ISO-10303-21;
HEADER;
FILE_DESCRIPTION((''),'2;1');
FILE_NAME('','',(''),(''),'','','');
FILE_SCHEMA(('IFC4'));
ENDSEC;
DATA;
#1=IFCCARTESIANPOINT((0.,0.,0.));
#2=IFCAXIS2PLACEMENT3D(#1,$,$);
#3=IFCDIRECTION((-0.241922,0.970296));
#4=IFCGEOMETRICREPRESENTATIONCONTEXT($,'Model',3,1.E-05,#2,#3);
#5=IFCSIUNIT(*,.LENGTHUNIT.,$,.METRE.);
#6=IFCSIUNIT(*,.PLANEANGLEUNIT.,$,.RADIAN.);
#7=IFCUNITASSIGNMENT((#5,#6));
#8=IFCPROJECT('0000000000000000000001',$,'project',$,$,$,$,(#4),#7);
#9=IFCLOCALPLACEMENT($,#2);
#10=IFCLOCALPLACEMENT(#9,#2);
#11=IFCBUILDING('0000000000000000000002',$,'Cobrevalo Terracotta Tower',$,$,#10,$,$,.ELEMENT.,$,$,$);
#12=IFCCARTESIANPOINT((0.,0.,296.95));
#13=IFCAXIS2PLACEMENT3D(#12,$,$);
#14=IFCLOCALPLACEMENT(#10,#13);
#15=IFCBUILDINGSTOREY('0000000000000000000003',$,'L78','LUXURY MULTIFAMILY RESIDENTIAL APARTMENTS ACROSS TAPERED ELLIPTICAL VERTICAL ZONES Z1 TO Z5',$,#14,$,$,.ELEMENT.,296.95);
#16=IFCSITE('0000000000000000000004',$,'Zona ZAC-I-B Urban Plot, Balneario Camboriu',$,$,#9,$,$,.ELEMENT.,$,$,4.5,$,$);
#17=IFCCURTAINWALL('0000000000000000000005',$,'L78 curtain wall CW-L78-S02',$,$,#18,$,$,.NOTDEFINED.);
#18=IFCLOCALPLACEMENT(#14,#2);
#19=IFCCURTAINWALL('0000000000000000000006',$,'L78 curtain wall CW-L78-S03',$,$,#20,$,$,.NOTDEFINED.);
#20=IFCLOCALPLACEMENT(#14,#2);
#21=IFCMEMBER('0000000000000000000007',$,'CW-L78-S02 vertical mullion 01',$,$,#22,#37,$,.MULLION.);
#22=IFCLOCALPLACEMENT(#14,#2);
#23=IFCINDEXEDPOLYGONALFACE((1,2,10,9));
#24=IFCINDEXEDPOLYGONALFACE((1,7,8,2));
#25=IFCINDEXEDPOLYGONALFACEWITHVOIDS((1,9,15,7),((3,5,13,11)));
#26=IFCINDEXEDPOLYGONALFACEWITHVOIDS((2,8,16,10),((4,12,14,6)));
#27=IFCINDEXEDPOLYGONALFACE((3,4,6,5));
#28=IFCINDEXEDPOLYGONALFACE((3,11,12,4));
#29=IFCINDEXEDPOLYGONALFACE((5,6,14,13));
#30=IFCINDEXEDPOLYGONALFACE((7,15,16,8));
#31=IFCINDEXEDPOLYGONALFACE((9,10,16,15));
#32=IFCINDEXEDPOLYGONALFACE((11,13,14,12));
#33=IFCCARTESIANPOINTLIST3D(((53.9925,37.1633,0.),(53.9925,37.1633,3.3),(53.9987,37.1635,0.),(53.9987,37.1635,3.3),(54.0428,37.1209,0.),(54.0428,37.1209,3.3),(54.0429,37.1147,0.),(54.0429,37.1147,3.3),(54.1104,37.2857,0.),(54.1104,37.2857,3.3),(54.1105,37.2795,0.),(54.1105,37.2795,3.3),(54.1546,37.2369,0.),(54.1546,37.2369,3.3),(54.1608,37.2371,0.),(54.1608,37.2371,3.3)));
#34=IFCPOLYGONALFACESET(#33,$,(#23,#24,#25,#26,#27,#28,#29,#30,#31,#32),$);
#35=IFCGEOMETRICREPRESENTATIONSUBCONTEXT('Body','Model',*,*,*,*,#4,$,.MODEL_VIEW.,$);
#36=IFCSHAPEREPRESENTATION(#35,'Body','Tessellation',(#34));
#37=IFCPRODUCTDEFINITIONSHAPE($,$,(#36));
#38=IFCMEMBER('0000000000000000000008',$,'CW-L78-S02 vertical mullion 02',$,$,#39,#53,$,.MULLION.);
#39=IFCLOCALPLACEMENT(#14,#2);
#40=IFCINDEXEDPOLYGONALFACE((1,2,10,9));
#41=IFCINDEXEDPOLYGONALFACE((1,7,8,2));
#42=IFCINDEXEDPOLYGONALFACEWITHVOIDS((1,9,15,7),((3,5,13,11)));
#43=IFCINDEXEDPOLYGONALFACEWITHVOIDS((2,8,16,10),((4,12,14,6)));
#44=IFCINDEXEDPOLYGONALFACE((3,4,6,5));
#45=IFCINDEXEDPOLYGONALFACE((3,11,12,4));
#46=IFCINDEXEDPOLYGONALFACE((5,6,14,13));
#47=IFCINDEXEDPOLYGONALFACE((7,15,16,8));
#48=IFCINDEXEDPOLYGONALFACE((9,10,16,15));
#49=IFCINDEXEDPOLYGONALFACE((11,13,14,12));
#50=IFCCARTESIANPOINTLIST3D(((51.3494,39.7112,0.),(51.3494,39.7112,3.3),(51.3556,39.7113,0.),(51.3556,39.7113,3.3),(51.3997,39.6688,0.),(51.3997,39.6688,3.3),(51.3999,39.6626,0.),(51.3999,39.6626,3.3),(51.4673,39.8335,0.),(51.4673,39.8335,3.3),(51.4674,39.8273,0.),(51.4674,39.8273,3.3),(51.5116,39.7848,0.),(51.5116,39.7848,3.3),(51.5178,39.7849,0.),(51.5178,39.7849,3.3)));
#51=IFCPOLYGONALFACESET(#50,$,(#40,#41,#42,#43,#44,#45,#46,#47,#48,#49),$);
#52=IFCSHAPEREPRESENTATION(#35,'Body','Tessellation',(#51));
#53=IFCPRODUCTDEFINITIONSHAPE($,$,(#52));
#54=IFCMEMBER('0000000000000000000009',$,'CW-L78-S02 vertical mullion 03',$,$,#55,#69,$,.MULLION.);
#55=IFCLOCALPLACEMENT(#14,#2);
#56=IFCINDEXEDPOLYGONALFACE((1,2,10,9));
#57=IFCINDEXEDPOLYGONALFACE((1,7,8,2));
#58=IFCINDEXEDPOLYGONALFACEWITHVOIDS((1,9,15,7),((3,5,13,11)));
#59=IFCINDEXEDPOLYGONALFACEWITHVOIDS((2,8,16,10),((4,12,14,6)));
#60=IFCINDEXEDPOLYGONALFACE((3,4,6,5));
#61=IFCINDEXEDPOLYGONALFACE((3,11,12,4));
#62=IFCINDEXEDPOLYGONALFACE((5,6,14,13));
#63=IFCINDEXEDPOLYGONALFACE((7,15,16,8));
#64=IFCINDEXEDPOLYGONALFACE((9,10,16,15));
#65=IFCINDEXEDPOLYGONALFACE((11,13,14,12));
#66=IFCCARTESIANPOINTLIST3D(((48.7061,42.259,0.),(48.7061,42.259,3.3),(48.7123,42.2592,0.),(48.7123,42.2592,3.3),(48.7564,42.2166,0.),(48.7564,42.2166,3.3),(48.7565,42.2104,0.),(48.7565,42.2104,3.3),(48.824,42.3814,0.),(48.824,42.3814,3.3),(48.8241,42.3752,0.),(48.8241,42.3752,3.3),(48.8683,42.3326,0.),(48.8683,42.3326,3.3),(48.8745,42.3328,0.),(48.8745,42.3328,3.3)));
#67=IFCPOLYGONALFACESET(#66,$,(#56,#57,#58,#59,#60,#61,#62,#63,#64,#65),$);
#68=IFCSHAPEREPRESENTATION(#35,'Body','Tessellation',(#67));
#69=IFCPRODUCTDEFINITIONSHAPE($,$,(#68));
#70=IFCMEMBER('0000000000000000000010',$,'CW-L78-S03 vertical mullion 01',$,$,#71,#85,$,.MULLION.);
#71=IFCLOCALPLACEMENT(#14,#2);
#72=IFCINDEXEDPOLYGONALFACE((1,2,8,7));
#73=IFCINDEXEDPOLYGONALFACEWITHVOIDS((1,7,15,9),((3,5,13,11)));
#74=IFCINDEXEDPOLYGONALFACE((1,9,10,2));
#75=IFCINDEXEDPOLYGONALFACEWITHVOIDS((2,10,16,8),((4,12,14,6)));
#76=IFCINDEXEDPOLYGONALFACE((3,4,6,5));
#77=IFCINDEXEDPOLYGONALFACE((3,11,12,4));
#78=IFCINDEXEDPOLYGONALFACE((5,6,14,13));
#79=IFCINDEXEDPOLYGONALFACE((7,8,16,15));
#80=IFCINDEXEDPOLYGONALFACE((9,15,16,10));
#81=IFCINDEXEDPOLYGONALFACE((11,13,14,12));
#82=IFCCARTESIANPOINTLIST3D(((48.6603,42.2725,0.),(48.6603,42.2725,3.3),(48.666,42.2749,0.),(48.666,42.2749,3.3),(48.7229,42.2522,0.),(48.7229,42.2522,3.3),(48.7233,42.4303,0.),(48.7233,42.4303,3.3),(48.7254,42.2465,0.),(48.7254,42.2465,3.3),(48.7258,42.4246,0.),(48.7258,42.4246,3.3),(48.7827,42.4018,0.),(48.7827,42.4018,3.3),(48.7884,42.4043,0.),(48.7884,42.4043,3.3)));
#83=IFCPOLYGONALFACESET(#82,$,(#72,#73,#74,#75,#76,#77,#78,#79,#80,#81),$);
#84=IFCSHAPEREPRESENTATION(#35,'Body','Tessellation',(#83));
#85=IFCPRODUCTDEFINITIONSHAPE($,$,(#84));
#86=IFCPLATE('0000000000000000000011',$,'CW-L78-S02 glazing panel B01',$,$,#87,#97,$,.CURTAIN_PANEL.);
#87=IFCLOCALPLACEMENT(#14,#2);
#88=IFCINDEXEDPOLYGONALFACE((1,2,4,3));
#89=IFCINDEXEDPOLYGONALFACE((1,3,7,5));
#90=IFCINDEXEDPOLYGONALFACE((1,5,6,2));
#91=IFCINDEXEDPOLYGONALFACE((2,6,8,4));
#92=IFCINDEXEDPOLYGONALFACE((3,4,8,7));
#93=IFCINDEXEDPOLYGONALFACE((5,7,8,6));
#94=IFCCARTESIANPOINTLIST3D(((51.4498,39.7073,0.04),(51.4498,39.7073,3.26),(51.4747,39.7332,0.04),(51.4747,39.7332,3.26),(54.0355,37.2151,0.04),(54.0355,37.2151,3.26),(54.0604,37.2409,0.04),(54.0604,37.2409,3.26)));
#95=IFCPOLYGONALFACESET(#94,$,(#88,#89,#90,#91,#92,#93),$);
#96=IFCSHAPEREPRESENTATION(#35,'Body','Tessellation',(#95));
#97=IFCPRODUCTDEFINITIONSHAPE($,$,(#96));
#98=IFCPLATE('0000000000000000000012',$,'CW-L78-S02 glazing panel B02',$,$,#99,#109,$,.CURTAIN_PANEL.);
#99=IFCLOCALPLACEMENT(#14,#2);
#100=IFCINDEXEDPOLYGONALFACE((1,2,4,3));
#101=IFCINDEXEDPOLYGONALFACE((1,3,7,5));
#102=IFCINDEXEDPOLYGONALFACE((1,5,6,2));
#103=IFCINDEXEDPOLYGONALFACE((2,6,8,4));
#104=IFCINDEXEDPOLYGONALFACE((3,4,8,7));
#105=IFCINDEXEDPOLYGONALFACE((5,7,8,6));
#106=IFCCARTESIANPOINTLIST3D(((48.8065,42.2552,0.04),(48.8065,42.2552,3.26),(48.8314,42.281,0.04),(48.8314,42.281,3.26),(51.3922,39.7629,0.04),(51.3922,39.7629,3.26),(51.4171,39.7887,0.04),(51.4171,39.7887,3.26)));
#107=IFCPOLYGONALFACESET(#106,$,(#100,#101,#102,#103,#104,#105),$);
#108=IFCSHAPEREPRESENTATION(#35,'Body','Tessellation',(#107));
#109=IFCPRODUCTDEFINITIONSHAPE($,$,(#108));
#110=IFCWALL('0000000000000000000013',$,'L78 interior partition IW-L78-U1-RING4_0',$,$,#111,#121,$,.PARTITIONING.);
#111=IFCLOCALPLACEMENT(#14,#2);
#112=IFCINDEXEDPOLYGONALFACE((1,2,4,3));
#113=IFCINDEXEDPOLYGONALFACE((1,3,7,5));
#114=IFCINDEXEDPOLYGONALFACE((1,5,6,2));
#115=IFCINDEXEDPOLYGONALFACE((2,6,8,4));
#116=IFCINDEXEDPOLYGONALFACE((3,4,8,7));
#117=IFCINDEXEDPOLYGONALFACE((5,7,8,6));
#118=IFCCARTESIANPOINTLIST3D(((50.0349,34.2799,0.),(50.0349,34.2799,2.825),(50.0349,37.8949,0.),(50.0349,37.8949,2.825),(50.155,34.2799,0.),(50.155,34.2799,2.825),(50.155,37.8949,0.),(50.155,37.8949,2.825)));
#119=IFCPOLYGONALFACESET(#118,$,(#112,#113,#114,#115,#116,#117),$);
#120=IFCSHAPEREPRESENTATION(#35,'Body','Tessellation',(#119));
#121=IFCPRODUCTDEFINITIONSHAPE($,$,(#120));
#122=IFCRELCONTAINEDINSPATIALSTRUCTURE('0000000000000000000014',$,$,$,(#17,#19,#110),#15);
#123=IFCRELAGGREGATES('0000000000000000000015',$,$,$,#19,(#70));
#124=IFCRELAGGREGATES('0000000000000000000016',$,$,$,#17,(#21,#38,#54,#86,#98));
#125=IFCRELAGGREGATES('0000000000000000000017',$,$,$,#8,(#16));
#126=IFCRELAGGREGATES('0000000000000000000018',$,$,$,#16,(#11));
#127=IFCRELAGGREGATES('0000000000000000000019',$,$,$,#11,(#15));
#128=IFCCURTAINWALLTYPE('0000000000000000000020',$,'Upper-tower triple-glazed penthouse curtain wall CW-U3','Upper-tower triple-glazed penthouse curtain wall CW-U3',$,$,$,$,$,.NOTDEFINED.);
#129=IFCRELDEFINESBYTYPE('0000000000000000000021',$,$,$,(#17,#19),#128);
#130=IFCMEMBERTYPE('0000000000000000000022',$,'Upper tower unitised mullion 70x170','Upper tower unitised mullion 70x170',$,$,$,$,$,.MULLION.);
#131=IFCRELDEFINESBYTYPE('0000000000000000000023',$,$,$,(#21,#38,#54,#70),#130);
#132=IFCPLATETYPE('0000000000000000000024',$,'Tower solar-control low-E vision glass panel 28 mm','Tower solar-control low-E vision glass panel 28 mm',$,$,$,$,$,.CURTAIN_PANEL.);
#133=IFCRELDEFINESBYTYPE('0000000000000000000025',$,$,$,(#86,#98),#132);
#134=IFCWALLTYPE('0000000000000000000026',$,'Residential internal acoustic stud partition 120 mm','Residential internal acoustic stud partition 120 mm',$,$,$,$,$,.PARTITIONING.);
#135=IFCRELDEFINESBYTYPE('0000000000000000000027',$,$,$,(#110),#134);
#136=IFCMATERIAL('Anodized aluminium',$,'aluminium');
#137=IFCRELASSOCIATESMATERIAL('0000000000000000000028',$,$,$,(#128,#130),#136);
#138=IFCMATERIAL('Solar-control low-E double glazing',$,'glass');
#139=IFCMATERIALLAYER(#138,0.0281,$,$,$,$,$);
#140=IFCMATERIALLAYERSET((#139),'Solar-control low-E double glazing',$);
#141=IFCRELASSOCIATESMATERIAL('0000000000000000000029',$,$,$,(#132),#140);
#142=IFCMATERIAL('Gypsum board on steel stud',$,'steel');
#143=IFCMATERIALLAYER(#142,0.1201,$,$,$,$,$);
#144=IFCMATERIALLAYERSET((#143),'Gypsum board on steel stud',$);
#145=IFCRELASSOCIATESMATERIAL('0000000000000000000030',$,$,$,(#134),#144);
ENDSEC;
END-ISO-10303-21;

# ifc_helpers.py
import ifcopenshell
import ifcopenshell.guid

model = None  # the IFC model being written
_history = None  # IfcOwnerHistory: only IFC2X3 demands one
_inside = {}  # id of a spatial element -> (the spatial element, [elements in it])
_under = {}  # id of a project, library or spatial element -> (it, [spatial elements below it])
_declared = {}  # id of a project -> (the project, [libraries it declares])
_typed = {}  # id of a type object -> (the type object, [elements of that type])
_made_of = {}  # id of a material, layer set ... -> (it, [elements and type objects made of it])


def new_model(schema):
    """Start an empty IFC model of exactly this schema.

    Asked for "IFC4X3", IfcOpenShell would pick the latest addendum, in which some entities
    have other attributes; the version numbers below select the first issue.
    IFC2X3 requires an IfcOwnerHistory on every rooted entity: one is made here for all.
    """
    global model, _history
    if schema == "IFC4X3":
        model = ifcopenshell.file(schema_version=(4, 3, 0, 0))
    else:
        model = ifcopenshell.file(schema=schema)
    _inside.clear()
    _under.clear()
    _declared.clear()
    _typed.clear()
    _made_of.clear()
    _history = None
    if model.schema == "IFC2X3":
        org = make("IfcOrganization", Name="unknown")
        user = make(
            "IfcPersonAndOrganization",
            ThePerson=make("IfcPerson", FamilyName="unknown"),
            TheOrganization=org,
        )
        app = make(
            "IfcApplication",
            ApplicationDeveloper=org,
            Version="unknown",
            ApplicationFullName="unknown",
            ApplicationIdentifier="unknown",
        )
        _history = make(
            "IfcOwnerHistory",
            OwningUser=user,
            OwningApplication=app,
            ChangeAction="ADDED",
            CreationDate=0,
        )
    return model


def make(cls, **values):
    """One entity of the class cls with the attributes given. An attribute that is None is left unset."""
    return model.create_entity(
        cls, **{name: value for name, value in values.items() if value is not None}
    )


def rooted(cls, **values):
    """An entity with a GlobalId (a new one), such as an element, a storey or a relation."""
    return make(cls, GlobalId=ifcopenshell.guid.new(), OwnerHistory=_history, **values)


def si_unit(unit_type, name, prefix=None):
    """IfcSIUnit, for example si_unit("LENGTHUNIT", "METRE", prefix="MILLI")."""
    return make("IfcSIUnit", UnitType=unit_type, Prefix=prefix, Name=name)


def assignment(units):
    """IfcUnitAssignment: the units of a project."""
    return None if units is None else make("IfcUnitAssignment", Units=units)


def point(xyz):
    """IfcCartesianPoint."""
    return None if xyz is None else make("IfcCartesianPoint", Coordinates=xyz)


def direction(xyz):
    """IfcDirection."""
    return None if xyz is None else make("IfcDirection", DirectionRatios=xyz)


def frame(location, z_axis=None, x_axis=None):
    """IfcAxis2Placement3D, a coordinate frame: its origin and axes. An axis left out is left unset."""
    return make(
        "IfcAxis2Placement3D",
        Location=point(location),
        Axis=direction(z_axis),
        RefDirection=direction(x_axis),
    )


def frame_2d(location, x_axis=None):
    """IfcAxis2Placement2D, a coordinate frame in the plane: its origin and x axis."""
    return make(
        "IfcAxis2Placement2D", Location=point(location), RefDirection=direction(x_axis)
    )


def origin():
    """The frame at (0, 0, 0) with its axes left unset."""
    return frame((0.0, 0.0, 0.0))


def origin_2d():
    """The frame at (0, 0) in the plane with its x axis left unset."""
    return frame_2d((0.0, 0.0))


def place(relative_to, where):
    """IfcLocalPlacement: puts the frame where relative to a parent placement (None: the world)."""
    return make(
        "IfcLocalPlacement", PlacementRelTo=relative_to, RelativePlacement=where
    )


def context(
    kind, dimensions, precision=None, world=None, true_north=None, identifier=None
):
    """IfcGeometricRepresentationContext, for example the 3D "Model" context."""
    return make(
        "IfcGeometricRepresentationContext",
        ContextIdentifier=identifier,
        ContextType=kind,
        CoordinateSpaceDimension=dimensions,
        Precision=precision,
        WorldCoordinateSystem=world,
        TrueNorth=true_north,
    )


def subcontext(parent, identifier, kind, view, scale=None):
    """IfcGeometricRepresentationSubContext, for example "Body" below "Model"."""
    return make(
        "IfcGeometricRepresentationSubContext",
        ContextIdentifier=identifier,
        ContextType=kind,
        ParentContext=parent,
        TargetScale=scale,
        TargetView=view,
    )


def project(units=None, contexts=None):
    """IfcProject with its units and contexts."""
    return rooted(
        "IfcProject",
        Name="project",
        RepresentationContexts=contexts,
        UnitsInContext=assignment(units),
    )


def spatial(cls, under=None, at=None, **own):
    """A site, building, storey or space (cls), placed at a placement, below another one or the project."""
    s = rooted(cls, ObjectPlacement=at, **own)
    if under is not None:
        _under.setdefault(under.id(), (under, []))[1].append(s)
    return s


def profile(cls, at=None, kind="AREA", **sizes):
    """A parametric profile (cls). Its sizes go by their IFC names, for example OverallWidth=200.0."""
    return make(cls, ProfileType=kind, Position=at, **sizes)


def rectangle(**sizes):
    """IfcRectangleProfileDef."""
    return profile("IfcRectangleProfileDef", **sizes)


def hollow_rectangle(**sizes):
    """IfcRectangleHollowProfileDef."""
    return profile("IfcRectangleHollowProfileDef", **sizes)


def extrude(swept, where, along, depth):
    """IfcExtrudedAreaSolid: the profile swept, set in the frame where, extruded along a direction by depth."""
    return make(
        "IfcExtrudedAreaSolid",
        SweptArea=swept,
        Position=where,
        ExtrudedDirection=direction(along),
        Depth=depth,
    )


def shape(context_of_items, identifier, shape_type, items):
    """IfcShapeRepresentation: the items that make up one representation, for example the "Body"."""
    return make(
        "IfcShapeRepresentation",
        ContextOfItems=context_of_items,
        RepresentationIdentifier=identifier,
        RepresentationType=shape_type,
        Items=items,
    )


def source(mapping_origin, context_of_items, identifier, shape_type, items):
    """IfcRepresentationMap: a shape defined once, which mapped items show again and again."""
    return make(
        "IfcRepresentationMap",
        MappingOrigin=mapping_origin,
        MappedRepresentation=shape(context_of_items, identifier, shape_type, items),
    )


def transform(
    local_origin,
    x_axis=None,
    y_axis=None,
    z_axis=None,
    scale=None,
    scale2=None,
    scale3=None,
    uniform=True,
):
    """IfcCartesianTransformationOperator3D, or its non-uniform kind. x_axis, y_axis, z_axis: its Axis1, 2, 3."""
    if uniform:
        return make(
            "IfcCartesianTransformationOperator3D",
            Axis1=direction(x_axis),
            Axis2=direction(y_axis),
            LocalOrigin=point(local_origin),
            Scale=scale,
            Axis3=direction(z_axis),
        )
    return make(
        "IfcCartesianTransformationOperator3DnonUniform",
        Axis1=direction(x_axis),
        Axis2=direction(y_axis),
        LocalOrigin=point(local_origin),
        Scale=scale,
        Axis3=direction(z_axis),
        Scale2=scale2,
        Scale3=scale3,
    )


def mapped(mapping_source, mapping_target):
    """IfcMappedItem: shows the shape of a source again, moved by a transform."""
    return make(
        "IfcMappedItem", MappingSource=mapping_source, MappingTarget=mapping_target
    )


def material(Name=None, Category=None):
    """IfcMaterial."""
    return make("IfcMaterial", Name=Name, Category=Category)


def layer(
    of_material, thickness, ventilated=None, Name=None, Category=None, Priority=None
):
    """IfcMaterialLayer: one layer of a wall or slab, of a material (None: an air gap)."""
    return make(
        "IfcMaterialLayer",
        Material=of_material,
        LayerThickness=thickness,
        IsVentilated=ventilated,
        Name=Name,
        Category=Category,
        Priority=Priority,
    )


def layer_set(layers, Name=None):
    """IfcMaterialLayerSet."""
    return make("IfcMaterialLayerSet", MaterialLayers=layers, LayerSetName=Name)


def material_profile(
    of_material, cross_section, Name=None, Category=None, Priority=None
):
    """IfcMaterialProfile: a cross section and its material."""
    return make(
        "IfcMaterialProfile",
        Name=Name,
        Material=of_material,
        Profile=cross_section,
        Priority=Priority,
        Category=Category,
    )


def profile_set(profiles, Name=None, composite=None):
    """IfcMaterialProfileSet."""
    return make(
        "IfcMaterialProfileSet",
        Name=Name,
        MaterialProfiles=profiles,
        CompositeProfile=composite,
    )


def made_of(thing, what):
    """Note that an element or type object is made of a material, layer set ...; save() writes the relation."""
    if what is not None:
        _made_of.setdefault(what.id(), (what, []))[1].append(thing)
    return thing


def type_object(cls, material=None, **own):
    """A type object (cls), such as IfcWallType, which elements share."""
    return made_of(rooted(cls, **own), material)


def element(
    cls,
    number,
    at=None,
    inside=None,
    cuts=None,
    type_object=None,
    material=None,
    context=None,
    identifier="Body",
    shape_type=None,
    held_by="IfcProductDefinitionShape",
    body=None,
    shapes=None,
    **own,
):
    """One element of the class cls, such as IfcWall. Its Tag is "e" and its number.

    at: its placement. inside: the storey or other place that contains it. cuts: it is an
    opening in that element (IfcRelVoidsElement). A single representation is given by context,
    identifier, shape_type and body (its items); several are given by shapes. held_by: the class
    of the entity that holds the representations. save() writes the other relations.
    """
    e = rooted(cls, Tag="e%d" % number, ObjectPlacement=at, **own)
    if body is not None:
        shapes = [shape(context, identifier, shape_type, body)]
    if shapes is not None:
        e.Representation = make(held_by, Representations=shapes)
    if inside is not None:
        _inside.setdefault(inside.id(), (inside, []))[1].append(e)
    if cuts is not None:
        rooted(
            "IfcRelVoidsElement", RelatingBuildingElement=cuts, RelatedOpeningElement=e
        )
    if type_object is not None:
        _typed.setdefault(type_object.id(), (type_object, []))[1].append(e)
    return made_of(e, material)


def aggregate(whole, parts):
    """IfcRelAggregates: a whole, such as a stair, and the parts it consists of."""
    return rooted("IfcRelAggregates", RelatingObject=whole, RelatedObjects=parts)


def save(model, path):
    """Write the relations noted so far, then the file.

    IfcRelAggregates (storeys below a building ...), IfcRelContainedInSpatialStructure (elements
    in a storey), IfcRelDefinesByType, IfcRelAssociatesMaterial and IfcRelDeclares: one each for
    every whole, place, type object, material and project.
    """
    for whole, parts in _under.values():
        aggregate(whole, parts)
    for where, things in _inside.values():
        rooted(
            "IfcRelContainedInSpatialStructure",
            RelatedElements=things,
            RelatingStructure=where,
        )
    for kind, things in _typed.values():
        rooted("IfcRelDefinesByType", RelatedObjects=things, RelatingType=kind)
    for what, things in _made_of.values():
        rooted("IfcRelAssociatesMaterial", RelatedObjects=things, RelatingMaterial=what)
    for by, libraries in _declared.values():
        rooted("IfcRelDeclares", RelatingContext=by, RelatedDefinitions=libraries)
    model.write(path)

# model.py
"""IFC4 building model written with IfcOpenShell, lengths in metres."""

from ifc_helpers import new_model, si_unit, direction, frame, frame_2d, origin, origin_2d, place, context, subcontext, project, spatial, rectangle, hollow_rectangle, extrude, source, transform, mapped, material, layer, layer_set, material_profile, profile_set, type_object, element, aggregate, save


model = new_model("IFC4")

# Units and contexts
model_context = context("Model", 3, precision=1e-05, world=origin(), true_north=direction((-0.241922, 0.970296)))
body_context = subcontext(model_context, "Body", "Model", "MODEL_VIEW")
ifc_project = project(units=[si_unit("LENGTHUNIT", "METRE"), si_unit("PLANEANGLEUNIT", "RADIAN")], contexts=[model_context])

# Site, building, storey
site_placement = place(None, origin())
site = spatial("IfcSite", under=ifc_project, at=site_placement, Name="Zona ZAC-I-B Urban Plot, Balneario Camboriu", CompositionType="ELEMENT", RefElevation=4.5)
building_placement = place(site_placement, origin())
building = spatial("IfcBuilding", under=site, at=building_placement, Name="Cobrevalo Terracotta Tower", CompositionType="ELEMENT")
storey_placement = place(building_placement, frame((0.0, 0.0, 296.95)))
storey = spatial("IfcBuildingStorey", under=building, at=storey_placement, Name="L78", Description="LUXURY MULTIFAMILY RESIDENTIAL APARTMENTS ACROSS TAPERED ELLIPTICAL VERTICAL ZONES Z1 TO Z5", CompositionType="ELEMENT", Elevation=296.95)

# Curtain walls
ifc_material_1 = material(Name="Anodized aluminium", Category="aluminium")
curtain_wall_type = type_object("IfcCurtainWallType", Name="Upper-tower triple-glazed penthouse curtain wall CW-U3", Description="Upper-tower triple-glazed penthouse curtain wall CW-U3", PredefinedType="NOTDEFINED", material=ifc_material_1)
curtain_wall_1_placement = place(storey_placement, origin())
curtain_wall_1 = element("IfcCurtainWall", 1, at=curtain_wall_1_placement, inside=storey, type_object=curtain_wall_type, Name="L78 curtain wall CW-L78-S02", PredefinedType="NOTDEFINED")
curtain_wall_2_placement = place(storey_placement, origin())
curtain_wall_2 = element("IfcCurtainWall", 2, at=curtain_wall_2_placement, inside=storey, type_object=curtain_wall_type, Name="L78 curtain wall CW-L78-S03", PredefinedType="NOTDEFINED")

# Members
ifc_material_profile_1 = material_profile(ifc_material_1, hollow_rectangle(XDim=0.0701, YDim=0.1699, WallThickness=0.0044, at=origin_2d()), Name="CWM 70x170")
ifc_profile_set_1 = profile_set([ifc_material_profile_1], Name="Anodized aluminium")
member_type_1 = type_object("IfcMemberType", Name="Upper tower unitised mullion 70x170", Description="Upper tower unitised mullion 70x170", PredefinedType="MULLION", material=ifc_profile_set_1)
shared_shape_1 = source(origin(), body_context, "Body", "SweptSolid", [
    extrude(hollow_rectangle(XDim=0.0701, YDim=0.1699, WallThickness=0.0044, at=origin_2d()), origin(), (0.0, 0.0, 1.0), 3.3),
])
member_1_placement = place(storey_placement, frame((54.0767, 37.2002, 0.0), z_axis=(0.0, 0.0, 1.0), x_axis=(-0.719994, 0.69398, 0.0)))
member_1 = element("IfcMember", 3, at=member_1_placement, type_object=member_type_1, Name="CW-L78-S02 vertical mullion 01", PredefinedType="MULLION", context=body_context, shape_type="MappedRepresentation", body=[
    mapped(shared_shape_1, transform((0.0, 0.0, 0.0), scale=1.0)),
])
member_2_placement = place(storey_placement, frame((51.4336, 39.748, 0.0), z_axis=(0.0, 0.0, 1.0), x_axis=(-0.719994, 0.69398, 0.0)))
member_2 = element("IfcMember", 4, at=member_2_placement, type_object=member_type_1, Name="CW-L78-S02 vertical mullion 02", PredefinedType="MULLION", context=body_context, shape_type="MappedRepresentation", body=[
    mapped(shared_shape_1, transform((0.0, 0.0, 0.0), scale=1.0)),
])
member_3_placement = place(storey_placement, frame((48.7903, 42.2959, 0.0), z_axis=(0.0, 0.0, 1.0), x_axis=(-0.719994, 0.69398, 0.0)))
member_3 = element("IfcMember", 5, at=member_3_placement, type_object=member_type_1, Name="CW-L78-S02 vertical mullion 03", PredefinedType="MULLION", context=body_context, shape_type="MappedRepresentation", body=[
    mapped(shared_shape_1, transform((0.0, 0.0, 0.0), scale=1.0)),
])
member_4_placement = place(storey_placement, frame((48.7244, 42.3384, 0.0), z_axis=(0.0, 0.0, 1.0), x_axis=(-0.928719, 0.370784, 0.0)))
member_4 = element("IfcMember", 6, at=member_4_placement, type_object=member_type_1, Name="CW-L78-S03 vertical mullion 01", PredefinedType="MULLION", context=body_context, shape_type="MappedRepresentation", body=[
    mapped(shared_shape_1, transform((0.0, 0.0, 0.0), scale=1.0)),
])
aggregate(curtain_wall_2, [member_4])

# Plates
ifc_material_2 = material(Name="Solar-control low-E double glazing", Category="glass")
ifc_layer_1 = layer(ifc_material_2, 0.0281)
ifc_layer_set_1 = layer_set([ifc_layer_1], Name="Solar-control low-E double glazing")
plate_type = type_object("IfcPlateType", Name="Tower solar-control low-E vision glass panel 28 mm", Description="Tower solar-control low-E vision glass panel 28 mm", PredefinedType="CURTAIN_PANEL", material=ifc_layer_set_1)
shared_shape_2 = source(origin(), body_context, "Body", "SweptSolid", [
    extrude(rectangle(XDim=3.5913, YDim=0.0359, at=origin_2d()), origin(), (0.0, 0.0, 1.0), 3.22),
])
plate_1_placement = place(storey_placement, frame((52.7551, 38.4741, 0.04), z_axis=(0.0, 0.0, 1.0), x_axis=(-0.719997, 0.693978, 0.0)))
plate_1 = element("IfcPlate", 7, at=plate_1_placement, type_object=plate_type, Name="CW-L78-S02 glazing panel B01", PredefinedType="CURTAIN_PANEL", context=body_context, shape_type="MappedRepresentation", body=[
    mapped(shared_shape_2, transform((0.0, 0.0, 0.0), scale=1.0)),
])
plate_2_placement = place(storey_placement, frame((50.1118, 41.022, 0.04), z_axis=(0.0, 0.0, 1.0), x_axis=(-0.719997, 0.693978, 0.0)))
plate_2 = element("IfcPlate", 8, at=plate_2_placement, type_object=plate_type, Name="CW-L78-S02 glazing panel B02", PredefinedType="CURTAIN_PANEL", context=body_context, shape_type="MappedRepresentation", body=[
    mapped(shared_shape_2, transform((0.0, 0.0, 0.0), scale=1.0)),
])
aggregate(curtain_wall_1, [member_1, member_2, member_3, plate_1, plate_2])

# Wall
ifc_material_3 = material(Name="Gypsum board on steel stud", Category="steel")
ifc_layer_2 = layer(ifc_material_3, 0.1201)
ifc_layer_set_2 = layer_set([ifc_layer_2], Name="Gypsum board on steel stud")
wall_type = type_object("IfcWallType", Name="Residential internal acoustic stud partition 120 mm", Description="Residential internal acoustic stud partition 120 mm", PredefinedType="PARTITIONING", material=ifc_layer_set_2)
wall_placement = place(storey_placement, frame((50.095, 37.895, 0.0), z_axis=(0.0, 0.0, 1.0), x_axis=(0.0, -1.0, 0.0)))
element("IfcWall", 9, at=wall_placement, inside=storey, type_object=wall_type, Name="L78 interior partition IW-L78-U1-RING4_0", PredefinedType="PARTITIONING", context=body_context, shape_type="SweptSolid", body=[
    extrude(rectangle(XDim=3.615, YDim=0.1201, at=frame_2d((1.8076, 0.0))), origin(), (0.0, 0.0, 1.0), 2.825),
])

save(model, "model.ifc")
